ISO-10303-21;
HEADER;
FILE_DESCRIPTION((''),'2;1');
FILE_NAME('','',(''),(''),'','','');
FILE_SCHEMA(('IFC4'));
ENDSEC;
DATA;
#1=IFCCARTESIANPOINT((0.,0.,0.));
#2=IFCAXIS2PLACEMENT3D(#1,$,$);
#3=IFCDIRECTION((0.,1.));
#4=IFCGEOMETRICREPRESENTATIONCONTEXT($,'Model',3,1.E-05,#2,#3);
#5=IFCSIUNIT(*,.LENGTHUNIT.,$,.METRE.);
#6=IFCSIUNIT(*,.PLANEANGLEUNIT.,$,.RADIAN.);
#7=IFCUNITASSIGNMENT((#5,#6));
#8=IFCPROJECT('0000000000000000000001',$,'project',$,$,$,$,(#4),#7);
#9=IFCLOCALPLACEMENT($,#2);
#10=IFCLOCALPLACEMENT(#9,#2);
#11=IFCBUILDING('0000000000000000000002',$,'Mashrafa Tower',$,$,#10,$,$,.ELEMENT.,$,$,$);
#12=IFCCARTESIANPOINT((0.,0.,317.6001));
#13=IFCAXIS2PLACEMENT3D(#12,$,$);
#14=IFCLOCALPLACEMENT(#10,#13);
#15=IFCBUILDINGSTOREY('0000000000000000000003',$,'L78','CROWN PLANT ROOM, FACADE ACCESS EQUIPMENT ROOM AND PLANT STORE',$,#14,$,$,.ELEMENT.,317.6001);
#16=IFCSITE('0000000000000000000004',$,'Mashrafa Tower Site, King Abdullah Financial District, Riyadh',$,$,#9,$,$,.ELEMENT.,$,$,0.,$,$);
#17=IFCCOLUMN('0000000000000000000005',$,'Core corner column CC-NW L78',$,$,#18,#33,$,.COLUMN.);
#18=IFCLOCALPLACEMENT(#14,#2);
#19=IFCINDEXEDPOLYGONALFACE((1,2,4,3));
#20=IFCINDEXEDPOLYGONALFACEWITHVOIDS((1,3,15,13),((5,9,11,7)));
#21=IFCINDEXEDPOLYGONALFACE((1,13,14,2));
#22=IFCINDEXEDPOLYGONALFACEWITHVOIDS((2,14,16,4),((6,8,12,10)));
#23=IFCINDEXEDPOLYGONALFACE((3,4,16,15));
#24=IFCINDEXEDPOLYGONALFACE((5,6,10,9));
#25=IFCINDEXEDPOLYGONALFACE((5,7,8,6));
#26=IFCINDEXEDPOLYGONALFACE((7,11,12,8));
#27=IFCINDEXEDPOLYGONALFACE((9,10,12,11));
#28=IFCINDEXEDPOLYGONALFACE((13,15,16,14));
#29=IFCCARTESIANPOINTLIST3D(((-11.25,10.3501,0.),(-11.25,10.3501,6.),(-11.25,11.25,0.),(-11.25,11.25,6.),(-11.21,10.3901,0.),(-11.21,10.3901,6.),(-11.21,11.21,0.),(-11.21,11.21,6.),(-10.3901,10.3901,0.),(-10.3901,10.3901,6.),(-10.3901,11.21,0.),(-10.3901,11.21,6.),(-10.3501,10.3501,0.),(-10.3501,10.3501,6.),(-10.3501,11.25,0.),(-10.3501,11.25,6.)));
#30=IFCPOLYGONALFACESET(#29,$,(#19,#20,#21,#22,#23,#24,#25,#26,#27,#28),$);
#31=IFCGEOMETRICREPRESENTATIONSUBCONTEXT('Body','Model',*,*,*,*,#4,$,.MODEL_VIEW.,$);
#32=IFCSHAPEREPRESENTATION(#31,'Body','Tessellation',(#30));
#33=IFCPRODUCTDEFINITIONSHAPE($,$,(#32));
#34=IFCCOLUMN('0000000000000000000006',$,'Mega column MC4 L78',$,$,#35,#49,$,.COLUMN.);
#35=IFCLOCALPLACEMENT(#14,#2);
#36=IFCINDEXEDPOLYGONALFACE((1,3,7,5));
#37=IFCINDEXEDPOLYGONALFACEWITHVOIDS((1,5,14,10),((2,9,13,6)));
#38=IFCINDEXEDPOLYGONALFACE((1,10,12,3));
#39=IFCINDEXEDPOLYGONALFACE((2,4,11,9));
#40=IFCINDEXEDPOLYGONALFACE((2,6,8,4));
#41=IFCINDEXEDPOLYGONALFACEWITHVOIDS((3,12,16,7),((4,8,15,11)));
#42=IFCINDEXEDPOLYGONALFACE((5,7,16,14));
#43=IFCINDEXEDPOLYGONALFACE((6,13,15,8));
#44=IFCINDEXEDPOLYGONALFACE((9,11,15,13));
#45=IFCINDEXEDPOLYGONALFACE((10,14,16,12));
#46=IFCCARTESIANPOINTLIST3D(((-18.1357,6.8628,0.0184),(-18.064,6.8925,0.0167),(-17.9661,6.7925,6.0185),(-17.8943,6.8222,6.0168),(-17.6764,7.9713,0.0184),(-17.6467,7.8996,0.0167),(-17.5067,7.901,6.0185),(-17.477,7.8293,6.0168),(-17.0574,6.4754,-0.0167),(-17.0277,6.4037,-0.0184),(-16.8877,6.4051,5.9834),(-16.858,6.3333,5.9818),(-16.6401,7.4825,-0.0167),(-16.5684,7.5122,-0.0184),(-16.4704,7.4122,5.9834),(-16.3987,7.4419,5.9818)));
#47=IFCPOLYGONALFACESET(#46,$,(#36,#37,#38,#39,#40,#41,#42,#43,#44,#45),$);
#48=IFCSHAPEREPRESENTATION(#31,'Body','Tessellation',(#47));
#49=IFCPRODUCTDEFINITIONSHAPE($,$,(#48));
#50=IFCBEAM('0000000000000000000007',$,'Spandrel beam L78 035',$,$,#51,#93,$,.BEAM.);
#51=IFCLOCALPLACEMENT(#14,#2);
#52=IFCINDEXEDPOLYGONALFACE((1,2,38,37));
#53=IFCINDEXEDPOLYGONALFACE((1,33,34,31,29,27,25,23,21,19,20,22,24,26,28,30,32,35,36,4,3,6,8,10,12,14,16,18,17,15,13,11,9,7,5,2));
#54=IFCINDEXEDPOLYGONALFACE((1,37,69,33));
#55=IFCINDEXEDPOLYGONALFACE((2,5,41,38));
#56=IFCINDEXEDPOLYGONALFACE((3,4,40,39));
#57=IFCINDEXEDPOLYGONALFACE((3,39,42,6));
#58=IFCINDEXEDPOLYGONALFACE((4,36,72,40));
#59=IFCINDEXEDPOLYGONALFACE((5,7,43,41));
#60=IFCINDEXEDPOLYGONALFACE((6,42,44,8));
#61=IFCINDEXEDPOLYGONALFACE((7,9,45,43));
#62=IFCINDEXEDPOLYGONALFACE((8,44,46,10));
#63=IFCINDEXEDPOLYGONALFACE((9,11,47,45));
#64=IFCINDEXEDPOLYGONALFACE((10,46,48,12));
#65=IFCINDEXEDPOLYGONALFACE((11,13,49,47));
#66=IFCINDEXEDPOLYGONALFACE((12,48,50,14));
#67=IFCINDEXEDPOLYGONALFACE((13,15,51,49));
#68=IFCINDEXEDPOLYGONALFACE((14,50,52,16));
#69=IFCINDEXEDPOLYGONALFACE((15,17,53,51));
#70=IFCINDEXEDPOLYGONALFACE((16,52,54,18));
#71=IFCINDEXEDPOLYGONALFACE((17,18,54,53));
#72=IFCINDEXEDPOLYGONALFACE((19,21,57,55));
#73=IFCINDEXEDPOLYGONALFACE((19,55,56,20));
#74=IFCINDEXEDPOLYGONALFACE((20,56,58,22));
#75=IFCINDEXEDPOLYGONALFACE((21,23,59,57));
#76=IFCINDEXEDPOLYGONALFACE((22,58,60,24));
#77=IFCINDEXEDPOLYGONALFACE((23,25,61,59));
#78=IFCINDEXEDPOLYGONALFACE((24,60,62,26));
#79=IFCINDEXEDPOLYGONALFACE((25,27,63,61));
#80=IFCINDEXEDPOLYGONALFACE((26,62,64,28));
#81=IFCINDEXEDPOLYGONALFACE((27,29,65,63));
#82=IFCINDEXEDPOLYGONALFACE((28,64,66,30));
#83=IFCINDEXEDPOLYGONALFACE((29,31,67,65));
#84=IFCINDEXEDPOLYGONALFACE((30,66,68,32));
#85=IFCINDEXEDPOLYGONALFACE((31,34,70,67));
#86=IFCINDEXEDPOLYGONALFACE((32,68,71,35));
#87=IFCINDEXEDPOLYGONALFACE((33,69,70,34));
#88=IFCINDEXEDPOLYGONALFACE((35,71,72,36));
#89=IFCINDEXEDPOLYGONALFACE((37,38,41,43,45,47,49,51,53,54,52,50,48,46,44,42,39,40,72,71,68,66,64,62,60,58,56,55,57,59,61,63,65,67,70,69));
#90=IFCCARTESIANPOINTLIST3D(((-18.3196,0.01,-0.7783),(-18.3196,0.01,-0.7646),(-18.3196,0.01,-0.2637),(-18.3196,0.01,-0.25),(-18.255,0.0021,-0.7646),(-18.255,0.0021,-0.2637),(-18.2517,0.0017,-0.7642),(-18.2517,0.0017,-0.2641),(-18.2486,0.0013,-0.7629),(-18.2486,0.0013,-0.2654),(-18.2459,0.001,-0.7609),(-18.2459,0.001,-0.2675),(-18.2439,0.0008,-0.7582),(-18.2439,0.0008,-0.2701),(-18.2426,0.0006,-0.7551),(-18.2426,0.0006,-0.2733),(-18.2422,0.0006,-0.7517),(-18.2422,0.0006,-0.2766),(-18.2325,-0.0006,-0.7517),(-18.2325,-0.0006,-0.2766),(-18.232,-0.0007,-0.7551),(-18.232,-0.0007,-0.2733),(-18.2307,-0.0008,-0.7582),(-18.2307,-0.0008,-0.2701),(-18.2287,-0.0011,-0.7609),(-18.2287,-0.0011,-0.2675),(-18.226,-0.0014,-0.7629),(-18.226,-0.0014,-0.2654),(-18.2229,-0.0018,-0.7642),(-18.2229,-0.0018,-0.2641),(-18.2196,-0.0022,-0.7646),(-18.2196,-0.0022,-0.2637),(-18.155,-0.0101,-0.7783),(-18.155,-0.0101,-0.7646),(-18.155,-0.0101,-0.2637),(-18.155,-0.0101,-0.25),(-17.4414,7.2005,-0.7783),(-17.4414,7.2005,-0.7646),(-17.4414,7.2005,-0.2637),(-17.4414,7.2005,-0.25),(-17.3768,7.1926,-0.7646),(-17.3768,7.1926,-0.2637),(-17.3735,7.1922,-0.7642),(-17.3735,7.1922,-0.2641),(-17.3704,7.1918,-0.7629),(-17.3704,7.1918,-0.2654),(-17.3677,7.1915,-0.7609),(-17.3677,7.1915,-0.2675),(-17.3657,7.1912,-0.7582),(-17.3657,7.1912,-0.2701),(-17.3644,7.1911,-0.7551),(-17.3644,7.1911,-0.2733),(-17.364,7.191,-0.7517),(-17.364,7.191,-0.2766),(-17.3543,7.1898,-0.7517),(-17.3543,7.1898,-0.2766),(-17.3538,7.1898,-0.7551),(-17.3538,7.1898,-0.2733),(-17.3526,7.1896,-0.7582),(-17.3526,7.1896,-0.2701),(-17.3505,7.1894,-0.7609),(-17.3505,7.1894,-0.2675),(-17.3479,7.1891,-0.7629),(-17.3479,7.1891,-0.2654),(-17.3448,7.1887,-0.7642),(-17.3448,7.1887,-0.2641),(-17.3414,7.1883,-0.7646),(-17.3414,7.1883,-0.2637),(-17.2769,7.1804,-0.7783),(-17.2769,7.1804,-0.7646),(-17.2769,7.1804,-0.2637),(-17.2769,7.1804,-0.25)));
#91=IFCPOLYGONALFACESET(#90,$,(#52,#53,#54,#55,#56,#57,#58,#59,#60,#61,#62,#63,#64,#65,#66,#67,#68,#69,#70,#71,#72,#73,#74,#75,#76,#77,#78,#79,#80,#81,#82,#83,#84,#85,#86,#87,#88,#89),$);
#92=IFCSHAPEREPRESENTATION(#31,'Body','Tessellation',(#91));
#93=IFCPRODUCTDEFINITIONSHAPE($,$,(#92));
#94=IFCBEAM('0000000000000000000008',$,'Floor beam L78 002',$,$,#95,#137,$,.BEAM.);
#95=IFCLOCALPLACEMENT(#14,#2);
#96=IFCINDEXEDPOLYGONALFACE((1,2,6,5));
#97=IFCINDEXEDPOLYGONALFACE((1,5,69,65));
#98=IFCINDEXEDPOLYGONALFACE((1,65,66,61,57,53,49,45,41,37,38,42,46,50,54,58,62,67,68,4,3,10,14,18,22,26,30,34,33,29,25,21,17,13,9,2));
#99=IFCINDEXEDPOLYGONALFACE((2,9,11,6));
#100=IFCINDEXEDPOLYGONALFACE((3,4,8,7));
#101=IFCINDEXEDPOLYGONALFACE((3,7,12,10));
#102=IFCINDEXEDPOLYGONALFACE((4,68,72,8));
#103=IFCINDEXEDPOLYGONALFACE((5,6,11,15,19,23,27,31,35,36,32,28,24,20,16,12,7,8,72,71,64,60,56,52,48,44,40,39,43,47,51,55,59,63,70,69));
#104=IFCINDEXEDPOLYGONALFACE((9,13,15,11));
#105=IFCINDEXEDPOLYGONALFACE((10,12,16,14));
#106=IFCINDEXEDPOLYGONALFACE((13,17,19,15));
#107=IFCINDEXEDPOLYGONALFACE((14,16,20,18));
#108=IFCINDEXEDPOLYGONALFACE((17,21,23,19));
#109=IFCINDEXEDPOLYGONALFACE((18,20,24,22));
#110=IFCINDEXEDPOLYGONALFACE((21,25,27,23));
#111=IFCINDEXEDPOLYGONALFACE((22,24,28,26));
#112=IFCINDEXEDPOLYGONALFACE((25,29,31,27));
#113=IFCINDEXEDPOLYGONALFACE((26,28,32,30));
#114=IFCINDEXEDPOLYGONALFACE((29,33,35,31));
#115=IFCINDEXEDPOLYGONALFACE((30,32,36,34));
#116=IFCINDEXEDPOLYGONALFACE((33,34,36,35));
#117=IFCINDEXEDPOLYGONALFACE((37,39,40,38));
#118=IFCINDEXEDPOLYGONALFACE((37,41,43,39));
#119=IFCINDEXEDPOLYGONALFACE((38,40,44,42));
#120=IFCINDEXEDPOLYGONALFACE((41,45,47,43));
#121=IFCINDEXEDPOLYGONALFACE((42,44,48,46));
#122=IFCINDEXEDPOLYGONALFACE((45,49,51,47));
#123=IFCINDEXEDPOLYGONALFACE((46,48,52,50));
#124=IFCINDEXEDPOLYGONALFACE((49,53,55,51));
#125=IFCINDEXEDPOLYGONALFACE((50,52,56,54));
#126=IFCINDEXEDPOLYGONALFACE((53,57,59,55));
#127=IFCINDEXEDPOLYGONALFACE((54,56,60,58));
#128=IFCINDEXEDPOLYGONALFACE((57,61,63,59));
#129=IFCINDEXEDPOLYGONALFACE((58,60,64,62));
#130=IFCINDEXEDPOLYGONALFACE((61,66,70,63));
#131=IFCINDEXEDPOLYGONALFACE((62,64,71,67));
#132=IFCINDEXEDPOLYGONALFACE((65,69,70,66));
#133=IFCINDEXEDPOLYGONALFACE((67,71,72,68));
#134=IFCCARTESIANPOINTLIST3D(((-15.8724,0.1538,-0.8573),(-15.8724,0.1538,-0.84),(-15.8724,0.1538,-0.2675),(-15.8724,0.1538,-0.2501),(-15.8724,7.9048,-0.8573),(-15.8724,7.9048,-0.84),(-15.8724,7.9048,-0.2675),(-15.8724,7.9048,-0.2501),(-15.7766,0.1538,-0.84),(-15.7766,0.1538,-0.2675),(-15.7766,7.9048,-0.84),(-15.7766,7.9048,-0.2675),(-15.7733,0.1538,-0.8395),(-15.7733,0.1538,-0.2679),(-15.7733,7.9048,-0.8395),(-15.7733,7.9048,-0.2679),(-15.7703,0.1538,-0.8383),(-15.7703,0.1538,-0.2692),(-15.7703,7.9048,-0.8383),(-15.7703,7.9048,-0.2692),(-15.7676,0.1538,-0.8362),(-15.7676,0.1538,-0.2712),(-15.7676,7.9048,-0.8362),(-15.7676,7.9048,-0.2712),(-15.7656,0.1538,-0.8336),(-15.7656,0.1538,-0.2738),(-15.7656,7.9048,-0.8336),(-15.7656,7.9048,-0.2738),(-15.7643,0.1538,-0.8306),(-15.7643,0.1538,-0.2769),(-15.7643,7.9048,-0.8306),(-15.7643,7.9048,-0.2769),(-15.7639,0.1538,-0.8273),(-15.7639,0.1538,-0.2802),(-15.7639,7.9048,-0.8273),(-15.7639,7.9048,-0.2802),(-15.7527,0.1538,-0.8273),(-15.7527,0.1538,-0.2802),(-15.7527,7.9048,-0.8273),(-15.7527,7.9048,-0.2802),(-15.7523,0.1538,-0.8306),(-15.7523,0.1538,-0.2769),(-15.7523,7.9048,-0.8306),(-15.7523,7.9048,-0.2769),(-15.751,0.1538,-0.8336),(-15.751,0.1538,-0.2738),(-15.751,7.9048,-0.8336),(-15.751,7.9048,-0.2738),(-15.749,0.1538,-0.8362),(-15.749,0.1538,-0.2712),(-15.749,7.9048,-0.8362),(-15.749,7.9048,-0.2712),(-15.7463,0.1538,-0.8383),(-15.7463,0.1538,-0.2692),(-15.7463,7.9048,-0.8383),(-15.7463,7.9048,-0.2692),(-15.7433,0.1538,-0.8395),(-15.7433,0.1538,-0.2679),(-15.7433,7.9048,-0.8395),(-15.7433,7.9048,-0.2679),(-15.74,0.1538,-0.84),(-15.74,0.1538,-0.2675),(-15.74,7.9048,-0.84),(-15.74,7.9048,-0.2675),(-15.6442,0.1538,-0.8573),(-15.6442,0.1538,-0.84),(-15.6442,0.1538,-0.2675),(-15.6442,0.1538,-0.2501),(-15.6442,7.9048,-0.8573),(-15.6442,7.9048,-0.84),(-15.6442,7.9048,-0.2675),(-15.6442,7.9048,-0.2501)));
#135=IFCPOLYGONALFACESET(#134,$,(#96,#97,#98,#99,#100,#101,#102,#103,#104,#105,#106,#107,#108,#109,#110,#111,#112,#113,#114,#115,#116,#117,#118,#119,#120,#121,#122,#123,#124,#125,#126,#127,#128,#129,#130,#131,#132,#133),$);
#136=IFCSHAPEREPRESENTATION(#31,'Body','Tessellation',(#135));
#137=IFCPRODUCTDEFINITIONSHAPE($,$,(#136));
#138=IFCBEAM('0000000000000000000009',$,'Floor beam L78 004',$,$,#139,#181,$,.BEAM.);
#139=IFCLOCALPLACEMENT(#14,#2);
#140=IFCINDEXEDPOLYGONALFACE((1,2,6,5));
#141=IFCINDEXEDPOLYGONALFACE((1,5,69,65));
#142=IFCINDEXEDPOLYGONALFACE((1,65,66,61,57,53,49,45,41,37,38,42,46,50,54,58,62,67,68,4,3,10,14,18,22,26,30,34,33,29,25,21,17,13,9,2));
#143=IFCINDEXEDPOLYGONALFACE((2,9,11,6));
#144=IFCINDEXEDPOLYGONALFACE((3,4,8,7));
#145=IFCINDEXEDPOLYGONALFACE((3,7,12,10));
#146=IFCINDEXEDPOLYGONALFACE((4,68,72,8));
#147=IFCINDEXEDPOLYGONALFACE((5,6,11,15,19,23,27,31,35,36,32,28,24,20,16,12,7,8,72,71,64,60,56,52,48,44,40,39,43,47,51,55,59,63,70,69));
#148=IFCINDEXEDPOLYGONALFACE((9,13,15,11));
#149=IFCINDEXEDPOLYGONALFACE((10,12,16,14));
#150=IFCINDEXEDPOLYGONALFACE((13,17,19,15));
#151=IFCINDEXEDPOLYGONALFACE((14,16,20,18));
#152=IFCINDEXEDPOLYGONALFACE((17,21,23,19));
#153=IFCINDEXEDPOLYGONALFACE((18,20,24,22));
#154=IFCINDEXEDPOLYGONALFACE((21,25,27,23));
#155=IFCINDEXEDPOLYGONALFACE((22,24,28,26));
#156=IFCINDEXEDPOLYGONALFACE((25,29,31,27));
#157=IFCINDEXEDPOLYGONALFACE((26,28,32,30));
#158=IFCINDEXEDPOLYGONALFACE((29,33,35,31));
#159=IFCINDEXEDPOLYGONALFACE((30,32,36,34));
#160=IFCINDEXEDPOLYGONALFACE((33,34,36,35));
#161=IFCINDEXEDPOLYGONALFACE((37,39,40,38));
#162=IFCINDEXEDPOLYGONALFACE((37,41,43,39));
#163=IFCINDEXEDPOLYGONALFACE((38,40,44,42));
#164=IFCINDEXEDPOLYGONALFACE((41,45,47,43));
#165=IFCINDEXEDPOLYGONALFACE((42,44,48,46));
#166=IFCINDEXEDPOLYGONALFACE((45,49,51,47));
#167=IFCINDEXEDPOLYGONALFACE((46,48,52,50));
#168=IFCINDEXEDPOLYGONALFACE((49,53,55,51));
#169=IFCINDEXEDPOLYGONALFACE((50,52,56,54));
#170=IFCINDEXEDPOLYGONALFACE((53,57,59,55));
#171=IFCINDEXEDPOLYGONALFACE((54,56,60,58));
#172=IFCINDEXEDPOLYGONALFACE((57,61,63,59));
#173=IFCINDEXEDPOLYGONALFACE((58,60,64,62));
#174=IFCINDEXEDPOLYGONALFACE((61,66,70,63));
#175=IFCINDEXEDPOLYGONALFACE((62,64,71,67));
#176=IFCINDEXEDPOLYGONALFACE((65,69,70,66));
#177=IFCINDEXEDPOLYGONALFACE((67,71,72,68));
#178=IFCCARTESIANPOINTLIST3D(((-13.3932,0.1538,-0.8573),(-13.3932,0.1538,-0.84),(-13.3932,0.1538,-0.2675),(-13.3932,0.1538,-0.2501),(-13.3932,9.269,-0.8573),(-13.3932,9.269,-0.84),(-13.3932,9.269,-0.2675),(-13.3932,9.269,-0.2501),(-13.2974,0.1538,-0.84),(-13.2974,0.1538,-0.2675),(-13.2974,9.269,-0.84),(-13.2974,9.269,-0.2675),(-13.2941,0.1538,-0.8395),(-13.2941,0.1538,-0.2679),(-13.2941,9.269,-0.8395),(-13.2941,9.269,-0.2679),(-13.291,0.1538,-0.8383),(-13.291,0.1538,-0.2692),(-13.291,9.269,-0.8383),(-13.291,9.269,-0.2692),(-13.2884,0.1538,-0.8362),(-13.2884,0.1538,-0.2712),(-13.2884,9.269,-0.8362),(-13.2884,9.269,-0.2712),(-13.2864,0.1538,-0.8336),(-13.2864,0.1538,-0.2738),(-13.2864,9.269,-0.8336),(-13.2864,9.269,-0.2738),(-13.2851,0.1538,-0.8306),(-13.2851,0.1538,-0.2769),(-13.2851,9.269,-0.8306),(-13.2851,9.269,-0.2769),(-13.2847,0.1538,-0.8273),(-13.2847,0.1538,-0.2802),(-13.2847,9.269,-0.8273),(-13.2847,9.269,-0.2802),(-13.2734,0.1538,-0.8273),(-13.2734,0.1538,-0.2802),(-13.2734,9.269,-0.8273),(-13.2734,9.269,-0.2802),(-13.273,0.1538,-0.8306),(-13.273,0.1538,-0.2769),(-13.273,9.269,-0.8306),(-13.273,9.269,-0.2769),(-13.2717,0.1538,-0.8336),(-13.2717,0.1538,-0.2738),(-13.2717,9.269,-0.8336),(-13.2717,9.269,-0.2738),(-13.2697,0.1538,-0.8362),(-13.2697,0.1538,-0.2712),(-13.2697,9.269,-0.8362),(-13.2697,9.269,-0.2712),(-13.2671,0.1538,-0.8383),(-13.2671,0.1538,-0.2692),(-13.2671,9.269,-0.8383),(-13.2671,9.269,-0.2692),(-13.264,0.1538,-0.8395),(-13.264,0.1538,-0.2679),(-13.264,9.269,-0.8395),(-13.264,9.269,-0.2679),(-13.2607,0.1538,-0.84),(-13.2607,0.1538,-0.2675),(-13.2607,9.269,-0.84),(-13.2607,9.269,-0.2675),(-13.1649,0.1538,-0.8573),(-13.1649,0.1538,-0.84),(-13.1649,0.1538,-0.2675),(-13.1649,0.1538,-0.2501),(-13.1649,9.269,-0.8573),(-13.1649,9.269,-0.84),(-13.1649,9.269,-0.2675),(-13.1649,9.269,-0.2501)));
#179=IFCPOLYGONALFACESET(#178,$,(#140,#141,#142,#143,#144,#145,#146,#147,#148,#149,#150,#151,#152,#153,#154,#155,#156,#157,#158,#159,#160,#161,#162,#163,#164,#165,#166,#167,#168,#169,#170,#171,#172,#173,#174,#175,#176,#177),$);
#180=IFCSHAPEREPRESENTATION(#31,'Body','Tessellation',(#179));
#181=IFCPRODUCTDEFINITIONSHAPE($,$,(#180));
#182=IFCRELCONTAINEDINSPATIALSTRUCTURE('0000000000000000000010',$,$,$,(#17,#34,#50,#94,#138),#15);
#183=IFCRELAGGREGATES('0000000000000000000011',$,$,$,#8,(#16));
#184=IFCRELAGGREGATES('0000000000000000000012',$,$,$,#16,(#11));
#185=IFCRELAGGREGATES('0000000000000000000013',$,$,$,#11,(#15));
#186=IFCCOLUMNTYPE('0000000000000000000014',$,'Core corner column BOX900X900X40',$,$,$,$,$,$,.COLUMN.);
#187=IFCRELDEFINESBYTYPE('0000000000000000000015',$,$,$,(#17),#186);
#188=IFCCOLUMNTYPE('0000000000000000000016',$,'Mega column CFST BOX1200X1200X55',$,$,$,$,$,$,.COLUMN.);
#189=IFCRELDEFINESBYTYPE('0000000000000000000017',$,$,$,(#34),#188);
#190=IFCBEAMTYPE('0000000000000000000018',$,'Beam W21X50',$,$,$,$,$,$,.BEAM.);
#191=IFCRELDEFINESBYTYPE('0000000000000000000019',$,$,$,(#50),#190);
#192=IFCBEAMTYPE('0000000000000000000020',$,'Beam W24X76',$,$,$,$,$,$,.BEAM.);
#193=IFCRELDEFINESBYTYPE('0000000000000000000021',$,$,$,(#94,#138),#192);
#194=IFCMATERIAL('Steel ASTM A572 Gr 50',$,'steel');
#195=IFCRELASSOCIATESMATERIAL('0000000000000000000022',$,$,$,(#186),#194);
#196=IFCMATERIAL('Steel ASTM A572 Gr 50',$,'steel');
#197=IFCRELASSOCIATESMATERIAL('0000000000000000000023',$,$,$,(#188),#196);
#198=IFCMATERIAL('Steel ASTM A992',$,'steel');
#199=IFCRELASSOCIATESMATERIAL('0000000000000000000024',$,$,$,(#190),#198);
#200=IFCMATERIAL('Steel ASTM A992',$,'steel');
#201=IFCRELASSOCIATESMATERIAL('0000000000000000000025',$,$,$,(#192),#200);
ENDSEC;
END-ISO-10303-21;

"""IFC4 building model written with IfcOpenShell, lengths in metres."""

from ifc_helpers import new_model, si_unit, direction, frame, origin, origin_2d, place, context, subcontext, project, spatial, hollow_rectangle, i_section, extrude, material, material_profile, profile_set, type_object, element, save


model = new_model("IFC4")

# Units and contexts
model_context = context("Model", 3, precision=1e-05, world=origin(), true_north=direction((0.0, 1.0)))
body_context = subcontext(model_context, "Body", "Model", "MODEL_VIEW")
ifc_project = project(units=[si_unit("LENGTHUNIT", "METRE"), si_unit("PLANEANGLEUNIT", "RADIAN")], contexts=[model_context])

# Site, building, storey
site_placement = place(None, origin())
site = spatial("IfcSite", under=ifc_project, at=site_placement, Name="Mashrafa Tower Site, King Abdullah Financial District, Riyadh", CompositionType="ELEMENT", RefElevation=0.0)
building_placement = place(site_placement, origin())
building = spatial("IfcBuilding", under=site, at=building_placement, Name="Mashrafa Tower", CompositionType="ELEMENT")
storey_placement = place(building_placement, frame((0.0, 0.0, 317.6001)))
storey = spatial("IfcBuildingStorey", under=building, at=storey_placement, Name="L78", Description="CROWN PLANT ROOM, FACADE ACCESS EQUIPMENT ROOM AND PLANT STORE", CompositionType="ELEMENT", Elevation=317.6001)

# Columns
ifc_material_1 = material(Name="Steel ASTM A572 Gr 50", Category="steel")
ifc_material_profile_1 = material_profile(ifc_material_1, hollow_rectangle(XDim=0.8999, YDim=0.8999, WallThickness=0.04, at=origin_2d()), Name="BOX900X900X40")
ifc_profile_set_1 = profile_set([ifc_material_profile_1], Name="Steel ASTM A572 Gr 50")
column_type_1 = type_object("IfcColumnType", Name="Core corner column BOX900X900X40", PredefinedType="COLUMN", material=ifc_profile_set_1)
column_1_placement = place(storey_placement, frame((-10.8, 10.8, 0.0), z_axis=(0.0, 0.0, 1.0), x_axis=(1.0, 0.0, 0.0)))
element("IfcColumn", 1, at=column_1_placement, inside=storey, type_object=column_type_1, Name="Core corner column CC-NW L78", PredefinedType="COLUMN", context=body_context, shape_type="SweptSolid", body=[
    extrude(hollow_rectangle(XDim=0.8999, YDim=0.8999, WallThickness=0.04, at=origin_2d()), origin(), (0.0, 0.0, 1.0), 6.0),
])
ifc_material_2 = material(Name="Steel ASTM A572 Gr 50", Category="steel")
ifc_material_profile_2 = material_profile(ifc_material_2, hollow_rectangle(XDim=1.2, YDim=1.2, WallThickness=0.0549, at=origin_2d()), Name="BOX1200X1200X55")
ifc_profile_set_2 = profile_set([ifc_material_profile_2], Name="Steel ASTM A572 Gr 50")
column_type_2 = type_object("IfcColumnType", Name="Mega column CFST BOX1200X1200X55", PredefinedType="COLUMN", material=ifc_profile_set_2)
column_2_placement = place(storey_placement, frame((-17.3521, 7.1875, 0.0), z_axis=(0.028266, -0.011713, 0.999532), x_axis=(0.382821, 0.923822, 0.0)))
element("IfcColumn", 2, at=column_2_placement, inside=storey, type_object=column_type_2, Name="Mega column MC4 L78", PredefinedType="COLUMN", context=body_context, shape_type="SweptSolid", body=[
    extrude(hollow_rectangle(XDim=1.2, YDim=1.2, WallThickness=0.0549, at=origin_2d()), origin(), (0.0, 0.0, 1.0), 6.0029),
])

# Beams
ifc_material_3 = material(Name="Steel ASTM A992", Category="steel")
ifc_material_profile_3 = material_profile(ifc_material_3, i_section(OverallWidth=0.1658, OverallDepth=0.5283, WebThickness=0.0098, FlangeThickness=0.0137, FilletRadius=0.0129, at=origin_2d()), Name="W21X50")
ifc_profile_set_3 = profile_set([ifc_material_profile_3], Name="Steel ASTM A992")
beam_type_1 = type_object("IfcBeamType", Name="Beam W21X50", PredefinedType="BEAM", material=ifc_profile_set_3)
beam_1_placement = place(storey_placement, frame((-17.3591, 7.1904, -0.5142), z_axis=(-0.12123, -0.992624, 0.0), x_axis=(0.992624, -0.12123, 0.0)))
element("IfcBeam", 3, at=beam_1_placement, inside=storey, type_object=beam_type_1, Name="Spandrel beam L78 035", PredefinedType="BEAM", context=body_context, shape_type="SweptSolid", body=[
    extrude(i_section(OverallWidth=0.1658, OverallDepth=0.5283, WebThickness=0.0098, FlangeThickness=0.0137, FilletRadius=0.0129, at=origin_2d()), origin(), (0.0, 0.0, 1.0), 7.2439),
])
ifc_material_4 = material(Name="Steel ASTM A992", Category="steel")
ifc_material_profile_4 = material_profile(ifc_material_4, i_section(OverallWidth=0.2283, OverallDepth=0.6072, WebThickness=0.0112, FlangeThickness=0.0173, FilletRadius=0.0127, at=origin_2d()), Name="W24X76")
ifc_profile_set_4 = profile_set([ifc_material_profile_4], Name="Steel ASTM A992")
beam_type_2 = type_object("IfcBeamType", Name="Beam W24X76", PredefinedType="BEAM", material=ifc_profile_set_4)
beam_2_placement = place(storey_placement, frame((-15.7583, 0.1538, -0.5537), z_axis=(0.0, 1.0, 0.0), x_axis=(-1.0, 0.0, 0.0)))
element("IfcBeam", 4, at=beam_2_placement, inside=storey, type_object=beam_type_2, Name="Floor beam L78 002", PredefinedType="BEAM", context=body_context, shape_type="SweptSolid", body=[
    extrude(i_section(OverallWidth=0.2283, OverallDepth=0.6072, WebThickness=0.0112, FlangeThickness=0.0173, FilletRadius=0.0127, at=origin_2d()), origin(), (0.0, 0.0, 1.0), 7.751),
])
beam_3_placement = place(storey_placement, frame((-13.2791, 0.1538, -0.5537), z_axis=(0.0, 1.0, 0.0), x_axis=(-1.0, 0.0, 0.0)))
element("IfcBeam", 5, at=beam_3_placement, inside=storey, type_object=beam_type_2, Name="Floor beam L78 004", PredefinedType="BEAM", context=body_context, shape_type="SweptSolid", body=[
    extrude(i_section(OverallWidth=0.2283, OverallDepth=0.6072, WebThickness=0.0112, FlangeThickness=0.0173, FilletRadius=0.0127, at=origin_2d()), origin(), (0.0, 0.0, 1.0), 9.1152),
])

save(model, "model.ifc")
